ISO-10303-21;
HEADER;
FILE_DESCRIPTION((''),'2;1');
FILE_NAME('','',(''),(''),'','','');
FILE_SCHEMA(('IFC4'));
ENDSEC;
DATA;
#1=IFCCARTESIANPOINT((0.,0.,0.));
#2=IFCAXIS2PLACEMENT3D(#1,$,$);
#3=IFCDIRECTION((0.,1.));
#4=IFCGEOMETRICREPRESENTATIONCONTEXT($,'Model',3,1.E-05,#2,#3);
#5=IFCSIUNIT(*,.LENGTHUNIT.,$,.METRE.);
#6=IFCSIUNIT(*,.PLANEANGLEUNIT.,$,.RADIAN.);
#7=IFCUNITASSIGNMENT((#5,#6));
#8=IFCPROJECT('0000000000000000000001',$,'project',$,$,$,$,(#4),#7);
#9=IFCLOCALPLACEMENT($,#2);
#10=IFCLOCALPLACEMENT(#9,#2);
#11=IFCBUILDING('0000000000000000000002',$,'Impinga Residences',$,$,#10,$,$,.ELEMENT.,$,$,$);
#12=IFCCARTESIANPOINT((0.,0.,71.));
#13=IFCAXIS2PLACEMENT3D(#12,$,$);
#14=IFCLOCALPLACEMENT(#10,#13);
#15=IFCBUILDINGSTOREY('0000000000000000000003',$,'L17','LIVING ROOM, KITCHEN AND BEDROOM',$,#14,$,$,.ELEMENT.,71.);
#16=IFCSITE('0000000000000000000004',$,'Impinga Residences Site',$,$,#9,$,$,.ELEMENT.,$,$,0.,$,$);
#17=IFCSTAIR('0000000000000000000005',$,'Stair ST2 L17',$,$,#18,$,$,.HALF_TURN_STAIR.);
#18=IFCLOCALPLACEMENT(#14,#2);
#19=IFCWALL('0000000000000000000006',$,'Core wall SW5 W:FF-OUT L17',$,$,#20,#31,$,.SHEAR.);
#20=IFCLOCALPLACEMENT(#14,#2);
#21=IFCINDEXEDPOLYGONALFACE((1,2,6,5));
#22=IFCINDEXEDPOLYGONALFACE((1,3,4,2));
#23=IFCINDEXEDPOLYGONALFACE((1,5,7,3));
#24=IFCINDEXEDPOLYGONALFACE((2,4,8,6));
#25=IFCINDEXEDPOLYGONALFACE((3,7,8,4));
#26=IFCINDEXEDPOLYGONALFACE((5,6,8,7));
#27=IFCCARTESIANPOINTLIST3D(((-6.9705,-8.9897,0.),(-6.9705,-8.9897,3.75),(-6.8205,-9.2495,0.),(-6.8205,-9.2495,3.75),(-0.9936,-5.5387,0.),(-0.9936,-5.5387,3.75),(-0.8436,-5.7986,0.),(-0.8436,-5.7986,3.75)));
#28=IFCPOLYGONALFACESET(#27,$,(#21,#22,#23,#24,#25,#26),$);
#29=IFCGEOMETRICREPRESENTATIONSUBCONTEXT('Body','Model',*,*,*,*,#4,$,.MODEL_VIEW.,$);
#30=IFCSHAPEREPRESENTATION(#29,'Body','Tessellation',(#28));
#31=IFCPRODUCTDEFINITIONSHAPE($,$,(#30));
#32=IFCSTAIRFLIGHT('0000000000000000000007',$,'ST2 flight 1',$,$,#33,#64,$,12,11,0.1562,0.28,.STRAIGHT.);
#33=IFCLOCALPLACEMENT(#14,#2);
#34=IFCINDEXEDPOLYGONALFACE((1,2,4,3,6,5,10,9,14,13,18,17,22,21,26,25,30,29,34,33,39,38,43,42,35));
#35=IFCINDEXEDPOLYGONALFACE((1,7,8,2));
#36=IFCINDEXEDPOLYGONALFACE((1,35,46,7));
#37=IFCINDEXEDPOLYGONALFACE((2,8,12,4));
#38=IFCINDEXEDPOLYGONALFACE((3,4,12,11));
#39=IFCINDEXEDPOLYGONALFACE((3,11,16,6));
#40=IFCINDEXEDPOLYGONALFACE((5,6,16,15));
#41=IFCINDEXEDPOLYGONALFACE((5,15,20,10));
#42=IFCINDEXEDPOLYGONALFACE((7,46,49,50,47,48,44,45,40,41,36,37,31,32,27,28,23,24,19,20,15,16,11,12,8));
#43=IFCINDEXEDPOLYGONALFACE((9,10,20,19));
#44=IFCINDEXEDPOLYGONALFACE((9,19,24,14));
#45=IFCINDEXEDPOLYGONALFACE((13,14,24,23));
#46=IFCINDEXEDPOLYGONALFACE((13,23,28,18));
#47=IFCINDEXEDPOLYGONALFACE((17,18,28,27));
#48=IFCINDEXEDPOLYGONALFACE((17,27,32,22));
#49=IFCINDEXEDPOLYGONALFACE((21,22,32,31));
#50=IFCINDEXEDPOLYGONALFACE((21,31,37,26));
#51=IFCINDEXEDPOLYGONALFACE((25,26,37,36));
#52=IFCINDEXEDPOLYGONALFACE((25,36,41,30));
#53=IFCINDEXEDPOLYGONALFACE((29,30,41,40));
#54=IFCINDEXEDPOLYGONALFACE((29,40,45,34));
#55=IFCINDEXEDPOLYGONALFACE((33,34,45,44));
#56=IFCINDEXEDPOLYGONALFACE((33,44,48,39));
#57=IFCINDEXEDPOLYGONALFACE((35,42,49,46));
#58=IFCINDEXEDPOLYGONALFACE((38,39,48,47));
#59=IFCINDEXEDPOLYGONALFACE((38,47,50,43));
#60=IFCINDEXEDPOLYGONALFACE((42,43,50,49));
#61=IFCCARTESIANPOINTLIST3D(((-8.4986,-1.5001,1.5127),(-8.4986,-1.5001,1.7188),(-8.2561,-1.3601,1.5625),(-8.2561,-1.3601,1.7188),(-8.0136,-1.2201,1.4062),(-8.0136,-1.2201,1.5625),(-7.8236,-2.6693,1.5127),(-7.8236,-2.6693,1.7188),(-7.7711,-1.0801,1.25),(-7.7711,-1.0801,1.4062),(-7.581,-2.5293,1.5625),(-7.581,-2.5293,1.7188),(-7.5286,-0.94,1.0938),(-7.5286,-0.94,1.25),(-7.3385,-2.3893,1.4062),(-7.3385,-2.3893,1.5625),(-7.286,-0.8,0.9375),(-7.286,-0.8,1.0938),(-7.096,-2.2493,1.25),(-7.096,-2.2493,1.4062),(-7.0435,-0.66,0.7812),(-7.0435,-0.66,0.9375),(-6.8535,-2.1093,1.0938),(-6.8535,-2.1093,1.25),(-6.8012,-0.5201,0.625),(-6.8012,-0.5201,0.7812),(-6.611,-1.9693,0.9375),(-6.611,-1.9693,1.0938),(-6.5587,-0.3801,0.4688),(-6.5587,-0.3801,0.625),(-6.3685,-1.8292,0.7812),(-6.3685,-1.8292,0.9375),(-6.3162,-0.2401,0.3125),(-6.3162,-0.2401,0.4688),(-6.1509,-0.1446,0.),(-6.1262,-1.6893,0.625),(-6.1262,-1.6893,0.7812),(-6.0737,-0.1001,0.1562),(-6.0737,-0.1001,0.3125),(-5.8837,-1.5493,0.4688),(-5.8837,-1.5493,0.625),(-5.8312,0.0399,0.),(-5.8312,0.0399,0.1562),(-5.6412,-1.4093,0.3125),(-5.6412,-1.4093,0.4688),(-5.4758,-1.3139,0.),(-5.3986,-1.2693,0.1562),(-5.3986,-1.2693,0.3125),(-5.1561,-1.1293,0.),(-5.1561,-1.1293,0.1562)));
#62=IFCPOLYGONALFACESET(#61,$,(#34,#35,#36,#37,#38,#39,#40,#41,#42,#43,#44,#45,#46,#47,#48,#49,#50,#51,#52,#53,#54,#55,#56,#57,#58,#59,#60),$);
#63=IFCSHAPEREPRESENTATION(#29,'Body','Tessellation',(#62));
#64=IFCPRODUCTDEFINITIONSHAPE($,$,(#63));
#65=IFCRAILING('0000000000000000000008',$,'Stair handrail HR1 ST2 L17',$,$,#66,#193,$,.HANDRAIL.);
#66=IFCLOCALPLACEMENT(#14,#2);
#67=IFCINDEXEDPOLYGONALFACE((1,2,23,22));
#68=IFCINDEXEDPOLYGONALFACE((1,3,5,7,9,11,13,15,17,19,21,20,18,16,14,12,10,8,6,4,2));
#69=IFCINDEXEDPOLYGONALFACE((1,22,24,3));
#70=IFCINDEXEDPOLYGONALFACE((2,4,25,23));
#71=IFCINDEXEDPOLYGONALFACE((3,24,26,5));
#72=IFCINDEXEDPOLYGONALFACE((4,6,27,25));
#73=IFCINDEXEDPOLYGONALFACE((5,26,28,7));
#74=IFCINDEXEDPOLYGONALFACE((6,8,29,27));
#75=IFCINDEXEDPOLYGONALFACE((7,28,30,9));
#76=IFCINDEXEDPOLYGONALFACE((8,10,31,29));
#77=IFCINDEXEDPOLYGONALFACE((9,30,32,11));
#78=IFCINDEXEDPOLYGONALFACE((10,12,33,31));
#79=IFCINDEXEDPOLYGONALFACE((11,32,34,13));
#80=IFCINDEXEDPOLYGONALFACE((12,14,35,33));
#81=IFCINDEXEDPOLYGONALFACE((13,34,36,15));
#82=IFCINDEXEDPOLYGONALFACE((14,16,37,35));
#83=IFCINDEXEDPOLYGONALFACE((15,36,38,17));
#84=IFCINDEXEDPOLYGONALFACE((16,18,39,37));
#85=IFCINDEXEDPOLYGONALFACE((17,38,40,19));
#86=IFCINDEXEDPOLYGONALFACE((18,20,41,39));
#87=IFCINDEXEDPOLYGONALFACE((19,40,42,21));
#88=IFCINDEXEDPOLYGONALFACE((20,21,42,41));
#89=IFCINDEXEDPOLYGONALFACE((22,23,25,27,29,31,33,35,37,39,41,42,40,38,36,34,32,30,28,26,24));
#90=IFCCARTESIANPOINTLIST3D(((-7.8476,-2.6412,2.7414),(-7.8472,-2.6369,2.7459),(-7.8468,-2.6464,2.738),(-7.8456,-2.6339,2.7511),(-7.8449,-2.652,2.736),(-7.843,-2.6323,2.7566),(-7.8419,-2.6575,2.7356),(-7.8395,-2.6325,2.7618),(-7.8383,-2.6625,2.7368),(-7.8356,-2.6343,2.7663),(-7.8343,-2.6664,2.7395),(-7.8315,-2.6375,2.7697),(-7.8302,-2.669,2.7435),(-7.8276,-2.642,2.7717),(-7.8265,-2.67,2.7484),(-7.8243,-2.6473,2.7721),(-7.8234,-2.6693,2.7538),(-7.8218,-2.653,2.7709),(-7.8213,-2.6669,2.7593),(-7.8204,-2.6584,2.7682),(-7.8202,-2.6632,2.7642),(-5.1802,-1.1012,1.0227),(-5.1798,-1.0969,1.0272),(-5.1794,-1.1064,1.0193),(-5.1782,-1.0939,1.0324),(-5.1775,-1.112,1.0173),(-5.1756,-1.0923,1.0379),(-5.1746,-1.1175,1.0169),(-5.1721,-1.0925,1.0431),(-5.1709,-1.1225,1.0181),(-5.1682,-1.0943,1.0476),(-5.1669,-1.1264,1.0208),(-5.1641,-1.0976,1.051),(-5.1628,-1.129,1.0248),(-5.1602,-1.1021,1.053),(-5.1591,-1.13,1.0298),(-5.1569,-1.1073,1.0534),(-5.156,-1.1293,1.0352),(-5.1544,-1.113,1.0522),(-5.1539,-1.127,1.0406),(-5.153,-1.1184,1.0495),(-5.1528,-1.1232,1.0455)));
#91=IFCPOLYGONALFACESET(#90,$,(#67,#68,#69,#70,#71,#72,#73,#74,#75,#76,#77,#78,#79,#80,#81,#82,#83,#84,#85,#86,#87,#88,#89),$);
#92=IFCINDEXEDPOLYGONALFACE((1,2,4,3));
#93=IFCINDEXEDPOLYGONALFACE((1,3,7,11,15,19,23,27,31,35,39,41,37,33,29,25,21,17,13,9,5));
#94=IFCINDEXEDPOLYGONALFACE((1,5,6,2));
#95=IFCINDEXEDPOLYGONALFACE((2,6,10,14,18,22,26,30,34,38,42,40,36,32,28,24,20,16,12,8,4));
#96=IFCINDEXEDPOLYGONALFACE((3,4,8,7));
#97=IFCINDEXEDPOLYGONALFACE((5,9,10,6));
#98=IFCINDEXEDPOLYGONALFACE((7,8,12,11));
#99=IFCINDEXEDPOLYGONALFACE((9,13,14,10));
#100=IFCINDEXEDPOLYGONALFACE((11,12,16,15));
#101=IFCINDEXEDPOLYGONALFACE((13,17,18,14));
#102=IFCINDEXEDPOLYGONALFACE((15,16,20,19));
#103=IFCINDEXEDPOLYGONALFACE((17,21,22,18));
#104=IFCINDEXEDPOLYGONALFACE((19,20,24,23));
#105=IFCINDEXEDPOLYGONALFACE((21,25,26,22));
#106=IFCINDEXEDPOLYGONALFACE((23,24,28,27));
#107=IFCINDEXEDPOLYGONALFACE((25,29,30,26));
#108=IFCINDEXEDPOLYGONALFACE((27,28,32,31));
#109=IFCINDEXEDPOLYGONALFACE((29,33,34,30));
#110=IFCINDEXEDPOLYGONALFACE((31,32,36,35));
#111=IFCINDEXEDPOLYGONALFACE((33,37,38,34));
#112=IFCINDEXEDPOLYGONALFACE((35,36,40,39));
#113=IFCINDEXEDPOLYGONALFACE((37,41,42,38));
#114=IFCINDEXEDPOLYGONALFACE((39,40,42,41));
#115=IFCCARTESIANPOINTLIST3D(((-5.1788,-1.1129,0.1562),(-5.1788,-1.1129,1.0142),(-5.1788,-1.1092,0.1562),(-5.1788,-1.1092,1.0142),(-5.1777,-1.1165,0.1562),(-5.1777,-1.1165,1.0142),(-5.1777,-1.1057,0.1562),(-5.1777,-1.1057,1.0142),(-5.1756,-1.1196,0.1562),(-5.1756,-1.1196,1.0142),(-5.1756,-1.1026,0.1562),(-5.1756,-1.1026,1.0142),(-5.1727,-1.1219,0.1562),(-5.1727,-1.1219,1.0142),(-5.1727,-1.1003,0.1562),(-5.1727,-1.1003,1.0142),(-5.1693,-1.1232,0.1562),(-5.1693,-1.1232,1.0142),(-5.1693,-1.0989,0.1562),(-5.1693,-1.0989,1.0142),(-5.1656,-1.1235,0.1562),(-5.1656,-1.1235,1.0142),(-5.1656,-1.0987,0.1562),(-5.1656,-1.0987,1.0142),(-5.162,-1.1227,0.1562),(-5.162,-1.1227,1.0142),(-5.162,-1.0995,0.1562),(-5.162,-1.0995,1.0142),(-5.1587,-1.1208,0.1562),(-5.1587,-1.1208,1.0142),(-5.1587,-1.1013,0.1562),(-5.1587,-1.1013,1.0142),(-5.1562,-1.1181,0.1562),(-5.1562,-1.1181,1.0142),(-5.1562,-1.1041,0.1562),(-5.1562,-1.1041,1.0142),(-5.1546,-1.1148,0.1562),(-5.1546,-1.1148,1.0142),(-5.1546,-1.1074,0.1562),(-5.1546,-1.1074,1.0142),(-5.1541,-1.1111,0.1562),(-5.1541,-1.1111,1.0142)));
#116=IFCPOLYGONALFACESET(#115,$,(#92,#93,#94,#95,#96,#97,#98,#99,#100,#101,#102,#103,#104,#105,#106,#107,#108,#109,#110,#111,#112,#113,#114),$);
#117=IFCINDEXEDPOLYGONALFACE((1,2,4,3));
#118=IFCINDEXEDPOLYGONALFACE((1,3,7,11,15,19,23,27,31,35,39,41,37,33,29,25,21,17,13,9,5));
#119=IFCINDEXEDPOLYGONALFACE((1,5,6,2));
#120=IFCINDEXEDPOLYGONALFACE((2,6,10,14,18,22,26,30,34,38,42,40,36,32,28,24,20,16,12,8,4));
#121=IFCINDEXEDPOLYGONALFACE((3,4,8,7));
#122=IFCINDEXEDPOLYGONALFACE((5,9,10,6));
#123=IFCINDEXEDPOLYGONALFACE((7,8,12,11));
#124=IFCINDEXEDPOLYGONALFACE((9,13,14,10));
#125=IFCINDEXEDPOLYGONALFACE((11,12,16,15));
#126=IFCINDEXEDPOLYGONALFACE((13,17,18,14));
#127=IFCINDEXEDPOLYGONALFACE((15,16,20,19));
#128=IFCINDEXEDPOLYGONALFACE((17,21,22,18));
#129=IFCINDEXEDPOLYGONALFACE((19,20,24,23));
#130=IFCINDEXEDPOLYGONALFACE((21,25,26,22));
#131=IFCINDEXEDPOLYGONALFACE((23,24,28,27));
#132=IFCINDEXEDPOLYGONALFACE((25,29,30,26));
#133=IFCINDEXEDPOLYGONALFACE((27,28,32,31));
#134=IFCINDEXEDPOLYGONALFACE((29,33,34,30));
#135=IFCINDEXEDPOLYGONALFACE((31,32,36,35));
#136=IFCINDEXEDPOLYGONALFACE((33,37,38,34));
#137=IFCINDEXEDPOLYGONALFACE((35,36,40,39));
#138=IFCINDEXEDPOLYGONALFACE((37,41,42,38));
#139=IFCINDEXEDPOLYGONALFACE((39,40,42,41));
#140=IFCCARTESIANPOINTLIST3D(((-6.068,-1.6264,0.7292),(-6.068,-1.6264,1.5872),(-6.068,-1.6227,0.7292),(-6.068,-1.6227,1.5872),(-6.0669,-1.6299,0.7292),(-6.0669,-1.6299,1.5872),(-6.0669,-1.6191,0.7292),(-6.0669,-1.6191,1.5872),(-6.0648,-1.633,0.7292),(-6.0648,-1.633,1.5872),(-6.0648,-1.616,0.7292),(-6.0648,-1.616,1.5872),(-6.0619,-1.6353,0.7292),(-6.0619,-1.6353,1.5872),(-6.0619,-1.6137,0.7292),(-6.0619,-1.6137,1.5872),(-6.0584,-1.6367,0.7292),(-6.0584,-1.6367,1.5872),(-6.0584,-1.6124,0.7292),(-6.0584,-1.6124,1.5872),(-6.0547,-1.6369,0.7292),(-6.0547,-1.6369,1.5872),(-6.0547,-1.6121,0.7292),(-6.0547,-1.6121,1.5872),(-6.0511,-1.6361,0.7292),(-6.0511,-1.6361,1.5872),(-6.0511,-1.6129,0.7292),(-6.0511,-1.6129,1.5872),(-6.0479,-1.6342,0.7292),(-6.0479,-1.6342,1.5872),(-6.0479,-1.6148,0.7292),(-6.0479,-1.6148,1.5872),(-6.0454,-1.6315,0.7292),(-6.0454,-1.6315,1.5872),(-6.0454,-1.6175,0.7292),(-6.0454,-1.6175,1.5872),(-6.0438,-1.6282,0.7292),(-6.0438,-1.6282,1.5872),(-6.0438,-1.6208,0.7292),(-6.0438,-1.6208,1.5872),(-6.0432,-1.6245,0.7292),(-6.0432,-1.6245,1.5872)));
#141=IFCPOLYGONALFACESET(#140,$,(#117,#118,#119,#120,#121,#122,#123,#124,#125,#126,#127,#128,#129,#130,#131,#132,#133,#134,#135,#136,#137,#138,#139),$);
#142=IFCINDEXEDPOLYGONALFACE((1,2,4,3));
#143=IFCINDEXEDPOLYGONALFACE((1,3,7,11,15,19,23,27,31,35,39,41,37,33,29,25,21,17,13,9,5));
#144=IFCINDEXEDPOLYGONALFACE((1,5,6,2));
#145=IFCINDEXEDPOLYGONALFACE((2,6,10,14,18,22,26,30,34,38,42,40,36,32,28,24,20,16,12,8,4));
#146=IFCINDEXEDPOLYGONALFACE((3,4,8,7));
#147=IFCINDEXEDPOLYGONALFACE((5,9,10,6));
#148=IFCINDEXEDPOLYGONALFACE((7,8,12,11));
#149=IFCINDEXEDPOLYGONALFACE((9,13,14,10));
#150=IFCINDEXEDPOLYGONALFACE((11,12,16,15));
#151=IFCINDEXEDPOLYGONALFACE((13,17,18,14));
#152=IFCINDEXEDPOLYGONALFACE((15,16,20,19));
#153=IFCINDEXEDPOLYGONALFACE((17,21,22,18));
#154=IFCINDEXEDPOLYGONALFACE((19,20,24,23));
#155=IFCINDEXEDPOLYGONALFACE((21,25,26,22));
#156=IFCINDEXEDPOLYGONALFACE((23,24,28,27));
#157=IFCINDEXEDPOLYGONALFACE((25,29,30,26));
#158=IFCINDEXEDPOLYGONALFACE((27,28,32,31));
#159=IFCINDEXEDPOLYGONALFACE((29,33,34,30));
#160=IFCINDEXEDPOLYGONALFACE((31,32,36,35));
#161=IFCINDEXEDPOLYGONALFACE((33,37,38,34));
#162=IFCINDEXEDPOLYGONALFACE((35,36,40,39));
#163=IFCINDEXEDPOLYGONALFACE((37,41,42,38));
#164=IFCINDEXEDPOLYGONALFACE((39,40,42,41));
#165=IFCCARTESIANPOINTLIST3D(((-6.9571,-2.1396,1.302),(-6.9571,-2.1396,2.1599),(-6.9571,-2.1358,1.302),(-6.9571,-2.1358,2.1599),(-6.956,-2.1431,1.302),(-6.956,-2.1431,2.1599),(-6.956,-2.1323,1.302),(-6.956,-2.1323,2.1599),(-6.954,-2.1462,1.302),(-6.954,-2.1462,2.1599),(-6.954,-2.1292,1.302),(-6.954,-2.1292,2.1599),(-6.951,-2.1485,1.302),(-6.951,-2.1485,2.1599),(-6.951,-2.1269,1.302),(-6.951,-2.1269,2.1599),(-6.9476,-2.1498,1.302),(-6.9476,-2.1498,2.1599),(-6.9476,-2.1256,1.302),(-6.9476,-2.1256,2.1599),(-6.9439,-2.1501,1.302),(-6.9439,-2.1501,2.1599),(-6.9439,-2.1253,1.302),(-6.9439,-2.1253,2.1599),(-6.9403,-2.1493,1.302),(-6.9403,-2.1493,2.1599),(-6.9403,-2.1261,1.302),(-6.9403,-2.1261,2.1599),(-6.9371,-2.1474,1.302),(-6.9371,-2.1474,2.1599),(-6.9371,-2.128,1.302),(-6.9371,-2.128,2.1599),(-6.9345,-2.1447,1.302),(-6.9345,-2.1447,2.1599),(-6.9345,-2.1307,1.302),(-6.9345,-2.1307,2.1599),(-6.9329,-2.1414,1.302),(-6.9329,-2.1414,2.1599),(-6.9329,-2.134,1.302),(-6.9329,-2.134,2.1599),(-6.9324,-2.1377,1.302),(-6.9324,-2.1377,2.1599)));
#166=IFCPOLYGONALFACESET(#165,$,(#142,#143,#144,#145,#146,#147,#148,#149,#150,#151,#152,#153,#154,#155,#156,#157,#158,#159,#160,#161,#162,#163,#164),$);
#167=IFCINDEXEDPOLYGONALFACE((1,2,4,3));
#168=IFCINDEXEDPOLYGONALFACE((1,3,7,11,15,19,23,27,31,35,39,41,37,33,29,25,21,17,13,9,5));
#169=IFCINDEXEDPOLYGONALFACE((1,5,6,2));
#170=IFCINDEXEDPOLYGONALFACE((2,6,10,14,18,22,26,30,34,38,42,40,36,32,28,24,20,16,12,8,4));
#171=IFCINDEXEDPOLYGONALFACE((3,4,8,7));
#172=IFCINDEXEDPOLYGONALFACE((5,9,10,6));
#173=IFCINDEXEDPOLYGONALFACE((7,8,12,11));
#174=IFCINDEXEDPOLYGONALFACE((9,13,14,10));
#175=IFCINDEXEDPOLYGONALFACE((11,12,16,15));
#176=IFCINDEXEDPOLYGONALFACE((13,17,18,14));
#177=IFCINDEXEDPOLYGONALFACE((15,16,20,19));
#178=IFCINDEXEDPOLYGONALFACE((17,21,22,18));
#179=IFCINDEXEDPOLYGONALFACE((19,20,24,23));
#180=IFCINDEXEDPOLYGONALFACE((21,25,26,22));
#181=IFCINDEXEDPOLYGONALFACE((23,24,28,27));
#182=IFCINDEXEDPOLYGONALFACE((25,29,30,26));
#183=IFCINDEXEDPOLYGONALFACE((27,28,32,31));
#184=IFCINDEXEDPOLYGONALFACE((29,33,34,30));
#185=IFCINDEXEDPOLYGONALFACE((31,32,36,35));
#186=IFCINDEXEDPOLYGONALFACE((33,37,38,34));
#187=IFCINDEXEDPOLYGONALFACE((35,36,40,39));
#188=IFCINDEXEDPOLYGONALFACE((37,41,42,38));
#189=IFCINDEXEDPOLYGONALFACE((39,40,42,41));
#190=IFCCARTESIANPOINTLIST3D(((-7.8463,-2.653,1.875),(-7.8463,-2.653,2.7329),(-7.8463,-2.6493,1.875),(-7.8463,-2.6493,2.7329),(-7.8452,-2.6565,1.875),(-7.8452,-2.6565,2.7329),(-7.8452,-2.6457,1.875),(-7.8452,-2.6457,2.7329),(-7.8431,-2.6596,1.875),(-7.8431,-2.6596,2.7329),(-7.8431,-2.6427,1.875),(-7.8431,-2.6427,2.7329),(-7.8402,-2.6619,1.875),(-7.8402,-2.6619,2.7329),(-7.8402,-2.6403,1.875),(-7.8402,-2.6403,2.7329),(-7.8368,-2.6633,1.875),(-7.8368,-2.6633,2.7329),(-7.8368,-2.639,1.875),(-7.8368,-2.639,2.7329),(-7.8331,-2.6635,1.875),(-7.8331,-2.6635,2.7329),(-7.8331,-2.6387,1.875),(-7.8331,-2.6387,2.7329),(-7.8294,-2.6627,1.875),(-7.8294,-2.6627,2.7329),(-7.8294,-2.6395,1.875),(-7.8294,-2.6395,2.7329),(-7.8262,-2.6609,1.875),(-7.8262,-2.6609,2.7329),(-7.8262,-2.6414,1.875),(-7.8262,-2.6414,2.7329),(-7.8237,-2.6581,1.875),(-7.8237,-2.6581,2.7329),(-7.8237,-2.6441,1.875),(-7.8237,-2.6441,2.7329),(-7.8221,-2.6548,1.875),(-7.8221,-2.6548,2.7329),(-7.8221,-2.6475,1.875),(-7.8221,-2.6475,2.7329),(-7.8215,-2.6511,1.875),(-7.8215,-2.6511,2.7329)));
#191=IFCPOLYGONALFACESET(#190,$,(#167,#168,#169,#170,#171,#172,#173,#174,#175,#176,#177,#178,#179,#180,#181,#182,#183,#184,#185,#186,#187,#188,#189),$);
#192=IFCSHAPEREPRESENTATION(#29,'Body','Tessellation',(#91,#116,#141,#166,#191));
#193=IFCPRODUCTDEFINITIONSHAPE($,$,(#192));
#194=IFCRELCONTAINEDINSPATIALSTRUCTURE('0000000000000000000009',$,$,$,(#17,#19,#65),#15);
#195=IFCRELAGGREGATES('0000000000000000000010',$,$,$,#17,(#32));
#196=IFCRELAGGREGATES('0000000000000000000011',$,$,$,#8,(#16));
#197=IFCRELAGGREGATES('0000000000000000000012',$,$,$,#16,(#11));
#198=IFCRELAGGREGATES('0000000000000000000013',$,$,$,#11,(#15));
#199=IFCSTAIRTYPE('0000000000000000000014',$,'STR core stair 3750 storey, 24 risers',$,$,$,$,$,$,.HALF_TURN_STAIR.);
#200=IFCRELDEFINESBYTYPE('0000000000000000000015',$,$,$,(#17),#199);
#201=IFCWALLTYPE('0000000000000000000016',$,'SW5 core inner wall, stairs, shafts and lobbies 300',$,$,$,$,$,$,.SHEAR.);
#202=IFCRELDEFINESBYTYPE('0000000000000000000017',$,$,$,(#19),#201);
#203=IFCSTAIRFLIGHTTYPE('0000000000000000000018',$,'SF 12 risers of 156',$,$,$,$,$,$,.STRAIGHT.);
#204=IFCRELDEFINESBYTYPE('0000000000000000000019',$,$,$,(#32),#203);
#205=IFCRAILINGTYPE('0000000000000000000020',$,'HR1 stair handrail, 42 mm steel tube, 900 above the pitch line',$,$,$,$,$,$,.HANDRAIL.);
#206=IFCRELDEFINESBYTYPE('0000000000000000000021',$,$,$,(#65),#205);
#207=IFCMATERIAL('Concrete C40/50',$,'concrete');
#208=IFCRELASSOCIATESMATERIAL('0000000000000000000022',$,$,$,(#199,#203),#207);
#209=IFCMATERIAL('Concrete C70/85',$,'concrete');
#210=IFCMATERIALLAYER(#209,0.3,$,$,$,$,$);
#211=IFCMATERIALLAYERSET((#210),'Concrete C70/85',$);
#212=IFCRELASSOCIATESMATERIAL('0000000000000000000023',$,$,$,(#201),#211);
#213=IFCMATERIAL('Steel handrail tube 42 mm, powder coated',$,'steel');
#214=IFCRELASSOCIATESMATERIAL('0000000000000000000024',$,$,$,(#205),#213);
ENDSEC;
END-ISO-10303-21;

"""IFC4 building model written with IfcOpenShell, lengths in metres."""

from ifc_helpers import new_model, si_unit, direction, frame, frame_2d, origin, origin_2d, place, context, subcontext, project, spatial, polyline, rectangle, circle, outline, extrude, material, layer, layer_set, type_object, element, aggregate, save


model = new_model("IFC4")

# Units and contexts
model_context = context("Model", 3, precision=1e-05, world=origin(), true_north=direction((0.0, 1.0)))
body_context = subcontext(model_context, "Body", "Model", "MODEL_VIEW")
ifc_project = project(units=[si_unit("LENGTHUNIT", "METRE"), si_unit("PLANEANGLEUNIT", "RADIAN")], contexts=[model_context])

# Site, building, storey
site_placement = place(None, origin())
site = spatial("IfcSite", under=ifc_project, at=site_placement, Name="Impinga Residences Site", CompositionType="ELEMENT", RefElevation=0.0)
building_placement = place(site_placement, origin())
building = spatial("IfcBuilding", under=site, at=building_placement, Name="Impinga Residences", CompositionType="ELEMENT")
storey_placement = place(building_placement, frame((0.0, 0.0, 71.0)))
storey = spatial("IfcBuildingStorey", under=building, at=storey_placement, Name="L17", Description="LIVING ROOM, KITCHEN AND BEDROOM", CompositionType="ELEMENT", Elevation=71.0)

# Shared definitions
ifc_material_1 = material(Name="Concrete C40/50", Category="concrete")
stair_type = type_object("IfcStairType", Name="STR core stair 3750 storey, 24 risers", PredefinedType="HALF_TURN_STAIR", material=ifc_material_1)

# Stair
stair_1_placement = place(storey_placement, origin())
stair_1 = element("IfcStair", 1, at=stair_1_placement, inside=storey, type_object=stair_type, Name="Stair ST2 L17", PredefinedType="HALF_TURN_STAIR")

# Shared definitions
ifc_material_2 = material(Name="Concrete C70/85", Category="concrete")

# Shared definitions
ifc_layer_1 = layer(ifc_material_2, 0.3)
ifc_layer_set_1 = layer_set([ifc_layer_1], Name="Concrete C70/85")
wall_type_1 = type_object("IfcWallType", Name="SW5 core inner wall, stairs, shafts and lobbies 300", PredefinedType="SHEAR", material=ifc_layer_set_1)

# Wall
wall_1_placement = place(storey_placement, frame((-0.9187, -5.6687, 0.0), z_axis=(0.0, 0.0, 1.0), x_axis=(-0.866012, -0.500024, 0.0)))
element("IfcWall", 2, at=wall_1_placement, inside=storey, type_object=wall_type_1, Name="Core wall SW5 W:FF-OUT L17", PredefinedType="SHEAR", context=body_context, shape_type="SweptSolid", body=[
    extrude(rectangle(XDim=6.9016, YDim=0.3, at=frame_2d((3.4507, 0.0))), origin(), (0.0, 0.0, 1.0), 3.75),
])

# Stair flight
stair_flight_type = type_object("IfcStairFlightType", Name="SF 12 risers of 156", PredefinedType="STRAIGHT", material=ifc_material_1)
stair_flight_placement = place(storey_placement, frame((-5.4937, -0.5447, 0.0), z_axis=(0.0, 0.0, 1.0), x_axis=(-0.866025, -0.5, 0.0)))
stair_flight = element("IfcStairFlight", 3, at=stair_flight_placement, type_object=stair_flight_type, Name="ST2 flight 1", NumberOfRisers=12, NumberOfTreads=11, PredefinedType="STRAIGHT", RiserHeight=0.1562, TreadLength=0.28, context=body_context, shape_type="SweptSolid", body=[
    extrude(outline(polyline([(0.0, 0.0), (0.0, 0.1562), (0.28, 0.1562), (0.28, 0.3125), (0.5601, 0.3125), (0.5601, 0.4688), (0.8401, 0.4688), (0.8401, 0.625), (1.1201, 0.625), (1.1201, 0.7812), (1.3999, 0.7812), (1.3999, 0.9375), (1.6799, 0.9375), (1.6799, 1.0938), (1.96, 1.0938), (1.96, 1.25), (2.24, 1.25), (2.24, 1.4062), (2.52, 1.4062), (2.52, 1.5625), (2.8, 1.5625), (2.8, 1.7188), (3.0801, 1.7188), (3.0801, 1.875), (3.0801, 1.5127), (0.3691, 0.0), (0.0, 0.0)])), frame((0.0, 0.675, 0.0), z_axis=(0.0, -1.0, 0.0), x_axis=(1.0, 0.0, 0.0)), (0.0, 0.0, 1.0), 1.3501),
])
aggregate(stair_1, [stair_flight])

# Railing
ifc_material_3 = material(Name="Steel handrail tube 42 mm, powder coated", Category="steel")
railing_type = type_object("IfcRailingType", Name="HR1 stair handrail, 42 mm steel tube, 900 above the pitch line", PredefinedType="HANDRAIL", material=ifc_material_3)
railing_placement = place(storey_placement, frame((-5.1665, -1.1111, 0.1562)))
element("IfcRailing", 4, at=railing_placement, inside=storey, type_object=railing_type, Name="Stair handrail HR1 ST2 L17", PredefinedType="HANDRAIL", context=body_context, shape_type="SweptSolid", body=[
    extrude(circle(Radius=0.021, at=origin_2d()), frame((0.0, 0.0, 0.8789), z_axis=(-0.756256, -0.436616, 0.487282), x_axis=(0.499992, -0.86603, 0.0)), (0.0, 0.0, 1.0), 3.5271),
    extrude(circle(Radius=0.0125, at=origin_2d()), origin(), (0.0, 0.0, 1.0), 0.8579),
    extrude(circle(Radius=0.0125, at=origin_2d()), frame((-0.8892, -0.5134, 0.573)), (0.0, 0.0, 1.0), 0.8579),
    extrude(circle(Radius=0.0125, at=origin_2d()), frame((-1.7783, -1.0266, 1.1458)), (0.0, 0.0, 1.0), 0.8579),
    extrude(circle(Radius=0.0125, at=origin_2d()), frame((-2.6675, -1.54, 1.7188)), (0.0, 0.0, 1.0), 0.8579),
])

save(model, "model.ifc")
